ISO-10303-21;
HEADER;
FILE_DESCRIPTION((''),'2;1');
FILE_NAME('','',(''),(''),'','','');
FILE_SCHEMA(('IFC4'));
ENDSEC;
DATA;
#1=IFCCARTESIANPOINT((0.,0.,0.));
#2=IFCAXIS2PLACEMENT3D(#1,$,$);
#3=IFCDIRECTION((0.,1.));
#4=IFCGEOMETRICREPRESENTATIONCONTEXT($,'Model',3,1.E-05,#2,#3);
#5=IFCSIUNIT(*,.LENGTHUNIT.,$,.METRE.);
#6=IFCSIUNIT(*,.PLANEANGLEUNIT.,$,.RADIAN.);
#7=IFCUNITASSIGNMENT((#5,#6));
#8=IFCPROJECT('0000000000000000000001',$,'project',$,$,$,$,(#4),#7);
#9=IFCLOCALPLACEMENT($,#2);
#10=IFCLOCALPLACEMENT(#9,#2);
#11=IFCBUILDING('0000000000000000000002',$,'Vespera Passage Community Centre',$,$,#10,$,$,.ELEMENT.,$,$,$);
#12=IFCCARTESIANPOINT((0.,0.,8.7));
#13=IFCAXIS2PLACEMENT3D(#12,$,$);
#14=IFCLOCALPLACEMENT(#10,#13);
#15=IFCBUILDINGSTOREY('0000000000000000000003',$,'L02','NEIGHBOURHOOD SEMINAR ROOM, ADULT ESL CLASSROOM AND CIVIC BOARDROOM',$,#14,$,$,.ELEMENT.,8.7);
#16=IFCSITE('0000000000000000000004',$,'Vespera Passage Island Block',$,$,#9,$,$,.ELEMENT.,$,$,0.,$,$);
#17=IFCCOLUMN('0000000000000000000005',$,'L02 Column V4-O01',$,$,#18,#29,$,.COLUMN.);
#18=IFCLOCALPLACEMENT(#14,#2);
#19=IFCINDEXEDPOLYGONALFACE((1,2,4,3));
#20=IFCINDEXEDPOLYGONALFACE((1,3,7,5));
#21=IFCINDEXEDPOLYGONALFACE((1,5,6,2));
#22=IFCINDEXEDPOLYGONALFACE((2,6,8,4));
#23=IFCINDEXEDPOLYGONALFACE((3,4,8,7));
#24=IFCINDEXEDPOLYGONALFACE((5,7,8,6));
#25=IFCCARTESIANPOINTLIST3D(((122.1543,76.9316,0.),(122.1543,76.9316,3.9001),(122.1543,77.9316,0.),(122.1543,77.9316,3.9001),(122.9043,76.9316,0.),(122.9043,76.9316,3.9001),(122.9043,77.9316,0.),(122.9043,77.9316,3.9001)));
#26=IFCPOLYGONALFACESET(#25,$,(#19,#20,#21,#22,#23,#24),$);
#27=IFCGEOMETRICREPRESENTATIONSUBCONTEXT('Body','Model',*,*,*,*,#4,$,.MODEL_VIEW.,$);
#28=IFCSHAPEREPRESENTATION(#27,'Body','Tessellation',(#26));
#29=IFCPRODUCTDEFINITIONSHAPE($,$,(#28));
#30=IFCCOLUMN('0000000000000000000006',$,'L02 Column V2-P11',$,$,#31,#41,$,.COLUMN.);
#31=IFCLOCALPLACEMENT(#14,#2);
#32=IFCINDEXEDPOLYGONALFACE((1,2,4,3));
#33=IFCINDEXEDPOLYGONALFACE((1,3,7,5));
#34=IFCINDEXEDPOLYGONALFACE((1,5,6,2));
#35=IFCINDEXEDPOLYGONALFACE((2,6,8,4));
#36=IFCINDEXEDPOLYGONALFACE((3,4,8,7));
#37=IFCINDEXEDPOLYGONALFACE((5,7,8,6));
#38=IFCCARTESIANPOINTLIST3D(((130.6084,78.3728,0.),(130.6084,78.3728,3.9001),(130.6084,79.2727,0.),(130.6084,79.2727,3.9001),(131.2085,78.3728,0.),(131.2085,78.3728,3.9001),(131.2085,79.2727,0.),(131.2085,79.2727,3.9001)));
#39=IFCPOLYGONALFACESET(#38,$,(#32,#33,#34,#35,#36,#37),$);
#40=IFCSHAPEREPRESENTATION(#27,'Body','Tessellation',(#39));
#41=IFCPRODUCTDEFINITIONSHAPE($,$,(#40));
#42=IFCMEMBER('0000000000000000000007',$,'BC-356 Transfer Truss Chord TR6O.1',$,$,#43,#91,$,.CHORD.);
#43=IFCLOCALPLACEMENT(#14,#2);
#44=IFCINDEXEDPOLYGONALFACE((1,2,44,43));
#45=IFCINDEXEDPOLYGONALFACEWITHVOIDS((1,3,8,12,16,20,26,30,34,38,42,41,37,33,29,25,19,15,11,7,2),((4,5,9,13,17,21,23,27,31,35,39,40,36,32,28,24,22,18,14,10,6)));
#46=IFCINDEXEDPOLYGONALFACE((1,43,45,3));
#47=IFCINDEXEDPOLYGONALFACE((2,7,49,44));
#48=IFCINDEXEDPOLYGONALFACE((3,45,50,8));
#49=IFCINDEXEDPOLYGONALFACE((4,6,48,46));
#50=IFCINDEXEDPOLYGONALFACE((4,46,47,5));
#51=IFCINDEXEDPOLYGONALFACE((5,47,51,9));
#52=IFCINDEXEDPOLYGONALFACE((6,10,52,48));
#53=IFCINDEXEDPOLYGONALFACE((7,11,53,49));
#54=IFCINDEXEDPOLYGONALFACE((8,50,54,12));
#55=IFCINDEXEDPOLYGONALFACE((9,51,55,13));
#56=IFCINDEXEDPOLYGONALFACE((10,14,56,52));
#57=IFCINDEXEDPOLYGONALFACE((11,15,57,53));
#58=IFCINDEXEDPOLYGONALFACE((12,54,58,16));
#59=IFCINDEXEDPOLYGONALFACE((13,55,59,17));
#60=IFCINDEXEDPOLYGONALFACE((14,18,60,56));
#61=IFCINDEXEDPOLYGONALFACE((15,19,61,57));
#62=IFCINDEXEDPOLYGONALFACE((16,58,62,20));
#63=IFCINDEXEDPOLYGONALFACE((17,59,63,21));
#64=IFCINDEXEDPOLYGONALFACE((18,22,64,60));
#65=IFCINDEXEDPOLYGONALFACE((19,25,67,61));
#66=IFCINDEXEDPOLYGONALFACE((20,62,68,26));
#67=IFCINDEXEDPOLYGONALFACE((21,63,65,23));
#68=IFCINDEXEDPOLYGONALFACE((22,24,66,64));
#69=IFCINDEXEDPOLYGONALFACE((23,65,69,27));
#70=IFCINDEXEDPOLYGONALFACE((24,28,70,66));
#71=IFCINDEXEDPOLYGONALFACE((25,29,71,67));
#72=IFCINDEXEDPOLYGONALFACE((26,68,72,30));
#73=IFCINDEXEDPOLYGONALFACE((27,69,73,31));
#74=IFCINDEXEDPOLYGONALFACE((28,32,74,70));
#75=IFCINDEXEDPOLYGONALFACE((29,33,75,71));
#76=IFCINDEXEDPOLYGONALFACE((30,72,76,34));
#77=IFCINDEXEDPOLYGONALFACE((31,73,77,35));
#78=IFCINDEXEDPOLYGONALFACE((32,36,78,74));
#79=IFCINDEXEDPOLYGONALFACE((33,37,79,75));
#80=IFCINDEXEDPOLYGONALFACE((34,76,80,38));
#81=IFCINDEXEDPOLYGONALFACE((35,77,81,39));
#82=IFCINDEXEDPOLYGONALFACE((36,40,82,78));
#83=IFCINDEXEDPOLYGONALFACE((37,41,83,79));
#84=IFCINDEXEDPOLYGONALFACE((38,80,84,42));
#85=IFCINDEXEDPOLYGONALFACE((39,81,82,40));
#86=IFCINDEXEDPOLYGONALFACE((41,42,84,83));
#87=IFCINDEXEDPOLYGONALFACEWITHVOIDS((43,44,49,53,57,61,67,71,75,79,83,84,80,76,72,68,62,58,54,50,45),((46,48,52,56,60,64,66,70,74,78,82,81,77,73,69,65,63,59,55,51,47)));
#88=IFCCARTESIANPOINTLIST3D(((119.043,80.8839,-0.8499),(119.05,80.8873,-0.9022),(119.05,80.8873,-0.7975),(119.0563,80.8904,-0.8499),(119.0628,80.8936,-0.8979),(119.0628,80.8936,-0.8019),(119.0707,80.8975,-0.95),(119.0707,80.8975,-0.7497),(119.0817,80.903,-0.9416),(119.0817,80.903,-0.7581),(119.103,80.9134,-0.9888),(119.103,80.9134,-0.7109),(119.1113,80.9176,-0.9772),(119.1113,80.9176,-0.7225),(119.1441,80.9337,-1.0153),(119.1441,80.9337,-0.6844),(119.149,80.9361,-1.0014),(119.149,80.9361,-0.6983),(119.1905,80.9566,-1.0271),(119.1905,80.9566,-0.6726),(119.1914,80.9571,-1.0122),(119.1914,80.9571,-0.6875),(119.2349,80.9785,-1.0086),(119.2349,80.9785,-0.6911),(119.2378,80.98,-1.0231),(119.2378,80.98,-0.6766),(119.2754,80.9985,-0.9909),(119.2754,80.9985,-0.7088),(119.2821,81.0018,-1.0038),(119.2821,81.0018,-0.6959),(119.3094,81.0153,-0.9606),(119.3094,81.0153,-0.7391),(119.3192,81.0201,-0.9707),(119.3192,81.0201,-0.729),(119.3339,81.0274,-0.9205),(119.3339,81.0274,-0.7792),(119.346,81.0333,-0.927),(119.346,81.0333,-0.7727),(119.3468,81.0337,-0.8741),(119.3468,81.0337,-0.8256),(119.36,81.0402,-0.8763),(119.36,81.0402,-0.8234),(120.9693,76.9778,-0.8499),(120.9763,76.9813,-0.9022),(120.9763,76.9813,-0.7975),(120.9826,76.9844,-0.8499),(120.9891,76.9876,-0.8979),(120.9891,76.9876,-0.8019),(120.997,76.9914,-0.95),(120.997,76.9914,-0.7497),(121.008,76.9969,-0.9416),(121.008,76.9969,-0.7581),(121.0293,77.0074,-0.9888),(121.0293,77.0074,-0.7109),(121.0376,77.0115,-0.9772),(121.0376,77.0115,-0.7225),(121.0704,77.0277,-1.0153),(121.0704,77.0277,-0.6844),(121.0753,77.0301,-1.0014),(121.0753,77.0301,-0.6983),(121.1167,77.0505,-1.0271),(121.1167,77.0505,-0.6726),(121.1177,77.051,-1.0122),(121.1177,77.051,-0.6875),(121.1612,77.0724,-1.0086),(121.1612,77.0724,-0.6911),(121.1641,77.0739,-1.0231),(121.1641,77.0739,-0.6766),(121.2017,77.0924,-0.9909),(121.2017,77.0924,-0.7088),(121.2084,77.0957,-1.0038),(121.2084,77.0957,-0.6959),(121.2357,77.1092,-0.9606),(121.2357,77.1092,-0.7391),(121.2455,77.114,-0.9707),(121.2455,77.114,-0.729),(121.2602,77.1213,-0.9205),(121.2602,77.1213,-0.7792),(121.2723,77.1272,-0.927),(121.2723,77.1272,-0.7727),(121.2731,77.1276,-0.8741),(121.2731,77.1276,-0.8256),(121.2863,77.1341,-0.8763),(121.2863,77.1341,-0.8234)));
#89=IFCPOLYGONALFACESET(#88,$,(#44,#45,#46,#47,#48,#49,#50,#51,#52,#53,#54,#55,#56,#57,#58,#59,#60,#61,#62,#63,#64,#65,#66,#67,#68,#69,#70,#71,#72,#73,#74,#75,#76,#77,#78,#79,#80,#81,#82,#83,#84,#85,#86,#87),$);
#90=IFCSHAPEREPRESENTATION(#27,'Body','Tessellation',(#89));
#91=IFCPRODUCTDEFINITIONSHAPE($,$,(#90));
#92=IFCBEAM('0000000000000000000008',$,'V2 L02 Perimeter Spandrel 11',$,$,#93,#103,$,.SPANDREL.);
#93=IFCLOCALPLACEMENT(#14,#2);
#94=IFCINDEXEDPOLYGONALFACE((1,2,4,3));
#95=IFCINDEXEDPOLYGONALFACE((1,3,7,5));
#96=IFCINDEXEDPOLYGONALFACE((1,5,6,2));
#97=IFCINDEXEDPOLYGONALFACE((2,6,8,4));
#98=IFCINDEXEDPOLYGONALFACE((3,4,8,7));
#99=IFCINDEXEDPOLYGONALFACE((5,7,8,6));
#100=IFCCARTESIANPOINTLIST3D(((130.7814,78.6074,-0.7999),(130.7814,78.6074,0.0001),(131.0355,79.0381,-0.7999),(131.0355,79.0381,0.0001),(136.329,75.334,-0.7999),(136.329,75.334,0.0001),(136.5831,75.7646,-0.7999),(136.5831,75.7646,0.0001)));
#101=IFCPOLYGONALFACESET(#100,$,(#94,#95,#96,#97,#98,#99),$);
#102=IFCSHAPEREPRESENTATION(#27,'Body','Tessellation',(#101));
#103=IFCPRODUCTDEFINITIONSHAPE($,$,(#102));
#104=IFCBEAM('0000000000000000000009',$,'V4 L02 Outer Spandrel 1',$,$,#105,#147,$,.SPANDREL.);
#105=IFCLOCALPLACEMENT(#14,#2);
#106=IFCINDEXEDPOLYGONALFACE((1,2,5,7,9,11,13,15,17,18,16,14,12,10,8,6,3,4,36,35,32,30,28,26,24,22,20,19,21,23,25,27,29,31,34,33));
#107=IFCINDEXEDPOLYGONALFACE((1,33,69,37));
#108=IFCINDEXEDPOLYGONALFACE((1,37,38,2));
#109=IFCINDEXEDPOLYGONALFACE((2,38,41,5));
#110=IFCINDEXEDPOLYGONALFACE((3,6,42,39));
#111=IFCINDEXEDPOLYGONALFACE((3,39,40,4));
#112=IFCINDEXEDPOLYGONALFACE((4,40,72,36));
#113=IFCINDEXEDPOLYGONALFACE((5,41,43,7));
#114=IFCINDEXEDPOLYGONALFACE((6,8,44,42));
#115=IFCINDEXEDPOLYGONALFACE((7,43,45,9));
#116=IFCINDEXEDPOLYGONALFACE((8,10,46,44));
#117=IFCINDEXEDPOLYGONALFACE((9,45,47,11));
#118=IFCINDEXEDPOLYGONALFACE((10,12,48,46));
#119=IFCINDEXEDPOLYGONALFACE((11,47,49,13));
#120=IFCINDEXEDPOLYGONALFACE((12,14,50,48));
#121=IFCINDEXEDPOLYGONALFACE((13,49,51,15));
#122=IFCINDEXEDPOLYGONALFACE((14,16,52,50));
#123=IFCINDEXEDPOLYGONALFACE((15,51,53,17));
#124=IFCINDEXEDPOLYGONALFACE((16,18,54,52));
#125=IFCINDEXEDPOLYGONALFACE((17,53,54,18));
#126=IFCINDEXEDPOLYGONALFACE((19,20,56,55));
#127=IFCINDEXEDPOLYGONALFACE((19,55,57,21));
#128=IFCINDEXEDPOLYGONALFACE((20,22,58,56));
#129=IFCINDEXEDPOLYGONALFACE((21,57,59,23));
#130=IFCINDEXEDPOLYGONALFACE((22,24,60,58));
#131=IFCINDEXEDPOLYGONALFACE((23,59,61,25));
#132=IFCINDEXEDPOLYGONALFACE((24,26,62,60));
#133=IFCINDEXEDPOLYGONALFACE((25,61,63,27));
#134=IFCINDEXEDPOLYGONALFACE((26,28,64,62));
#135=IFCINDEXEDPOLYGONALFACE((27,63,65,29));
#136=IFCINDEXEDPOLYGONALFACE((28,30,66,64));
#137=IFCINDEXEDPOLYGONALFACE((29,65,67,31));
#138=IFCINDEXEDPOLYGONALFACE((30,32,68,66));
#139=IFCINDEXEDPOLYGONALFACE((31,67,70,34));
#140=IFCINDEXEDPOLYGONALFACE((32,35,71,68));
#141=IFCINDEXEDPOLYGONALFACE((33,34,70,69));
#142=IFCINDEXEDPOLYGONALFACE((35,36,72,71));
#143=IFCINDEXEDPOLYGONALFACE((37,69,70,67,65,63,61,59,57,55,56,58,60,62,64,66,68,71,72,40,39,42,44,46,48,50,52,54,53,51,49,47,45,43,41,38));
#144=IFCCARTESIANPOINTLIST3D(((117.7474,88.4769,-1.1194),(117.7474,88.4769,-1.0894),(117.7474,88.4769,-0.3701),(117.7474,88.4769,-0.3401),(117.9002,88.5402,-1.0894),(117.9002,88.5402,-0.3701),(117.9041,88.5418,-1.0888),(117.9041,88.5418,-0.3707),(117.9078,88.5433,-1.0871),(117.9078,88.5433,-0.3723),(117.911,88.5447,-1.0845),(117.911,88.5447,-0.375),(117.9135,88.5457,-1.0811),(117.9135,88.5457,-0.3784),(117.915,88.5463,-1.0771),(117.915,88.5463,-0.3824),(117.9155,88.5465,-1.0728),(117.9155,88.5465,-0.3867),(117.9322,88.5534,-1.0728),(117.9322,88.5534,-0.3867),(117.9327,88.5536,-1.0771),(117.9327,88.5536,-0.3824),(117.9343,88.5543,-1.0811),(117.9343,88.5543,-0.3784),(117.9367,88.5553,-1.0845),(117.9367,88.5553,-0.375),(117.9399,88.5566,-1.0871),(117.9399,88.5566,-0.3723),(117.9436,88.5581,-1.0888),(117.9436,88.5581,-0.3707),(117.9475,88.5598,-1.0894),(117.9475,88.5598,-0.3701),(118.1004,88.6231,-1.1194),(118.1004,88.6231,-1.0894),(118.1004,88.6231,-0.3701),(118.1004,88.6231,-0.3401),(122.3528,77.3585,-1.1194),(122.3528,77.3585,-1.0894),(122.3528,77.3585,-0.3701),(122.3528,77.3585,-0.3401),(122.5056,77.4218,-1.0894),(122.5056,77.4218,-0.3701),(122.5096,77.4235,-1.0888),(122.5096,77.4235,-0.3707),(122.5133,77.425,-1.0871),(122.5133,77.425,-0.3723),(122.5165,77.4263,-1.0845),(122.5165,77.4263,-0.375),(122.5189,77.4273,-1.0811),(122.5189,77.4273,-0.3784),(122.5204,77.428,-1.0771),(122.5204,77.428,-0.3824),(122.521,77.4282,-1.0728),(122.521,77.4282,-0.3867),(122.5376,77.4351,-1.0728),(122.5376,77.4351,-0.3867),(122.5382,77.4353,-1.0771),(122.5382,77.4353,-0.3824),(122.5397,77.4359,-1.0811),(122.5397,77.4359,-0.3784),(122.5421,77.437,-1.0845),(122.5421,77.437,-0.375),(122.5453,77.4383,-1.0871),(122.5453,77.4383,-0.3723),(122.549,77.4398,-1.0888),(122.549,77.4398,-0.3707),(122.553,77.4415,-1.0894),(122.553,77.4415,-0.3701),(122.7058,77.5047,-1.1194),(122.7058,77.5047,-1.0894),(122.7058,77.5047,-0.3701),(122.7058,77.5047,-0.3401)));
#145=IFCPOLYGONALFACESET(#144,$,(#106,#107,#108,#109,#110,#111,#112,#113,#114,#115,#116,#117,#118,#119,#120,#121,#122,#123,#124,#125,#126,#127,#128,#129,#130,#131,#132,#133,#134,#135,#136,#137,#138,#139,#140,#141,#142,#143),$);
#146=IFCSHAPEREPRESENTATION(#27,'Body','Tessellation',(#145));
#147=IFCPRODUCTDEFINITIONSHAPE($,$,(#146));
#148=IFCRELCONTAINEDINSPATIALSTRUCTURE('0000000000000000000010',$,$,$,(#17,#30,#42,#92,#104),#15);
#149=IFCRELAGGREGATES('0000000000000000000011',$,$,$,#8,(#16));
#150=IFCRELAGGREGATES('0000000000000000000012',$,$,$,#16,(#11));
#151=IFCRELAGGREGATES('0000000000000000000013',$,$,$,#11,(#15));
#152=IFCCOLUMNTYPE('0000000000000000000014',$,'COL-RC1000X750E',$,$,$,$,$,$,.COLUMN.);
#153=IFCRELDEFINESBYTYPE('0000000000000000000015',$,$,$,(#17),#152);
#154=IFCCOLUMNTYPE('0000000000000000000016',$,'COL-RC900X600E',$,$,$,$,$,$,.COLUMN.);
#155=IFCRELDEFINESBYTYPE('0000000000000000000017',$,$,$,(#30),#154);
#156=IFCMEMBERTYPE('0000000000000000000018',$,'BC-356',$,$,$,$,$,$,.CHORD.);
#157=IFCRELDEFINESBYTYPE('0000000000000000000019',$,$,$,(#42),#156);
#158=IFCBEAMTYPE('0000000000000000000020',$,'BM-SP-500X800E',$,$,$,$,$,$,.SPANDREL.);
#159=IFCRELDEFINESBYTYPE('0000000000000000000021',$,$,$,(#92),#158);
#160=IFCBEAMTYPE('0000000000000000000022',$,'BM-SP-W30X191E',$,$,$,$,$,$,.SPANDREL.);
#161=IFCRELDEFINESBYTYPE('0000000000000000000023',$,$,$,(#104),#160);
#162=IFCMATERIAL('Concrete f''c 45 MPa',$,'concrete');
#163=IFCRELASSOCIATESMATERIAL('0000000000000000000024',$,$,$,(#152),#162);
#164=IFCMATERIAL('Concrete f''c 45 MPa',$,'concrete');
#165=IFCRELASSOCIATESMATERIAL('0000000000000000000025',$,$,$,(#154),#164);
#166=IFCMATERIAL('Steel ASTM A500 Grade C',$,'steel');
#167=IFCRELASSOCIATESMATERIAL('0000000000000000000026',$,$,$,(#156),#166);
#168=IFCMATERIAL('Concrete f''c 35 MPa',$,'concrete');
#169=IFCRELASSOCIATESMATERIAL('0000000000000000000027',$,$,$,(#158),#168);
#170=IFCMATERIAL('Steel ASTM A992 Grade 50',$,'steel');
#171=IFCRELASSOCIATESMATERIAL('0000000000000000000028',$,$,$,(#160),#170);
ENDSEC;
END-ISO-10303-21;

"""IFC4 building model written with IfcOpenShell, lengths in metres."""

from ifc_helpers import new_model, si_unit, direction, frame, origin, origin_2d, place, context, subcontext, project, spatial, rectangle, hollow_circle, i_section, extrude, material, material_profile, profile_set, type_object, element, save


model = new_model("IFC4")

# Units and contexts
model_context = context("Model", 3, precision=1e-05, world=origin(), true_north=direction((0.0, 1.0)))
body_context = subcontext(model_context, "Body", "Model", "MODEL_VIEW")
ifc_project = project(units=[si_unit("LENGTHUNIT", "METRE"), si_unit("PLANEANGLEUNIT", "RADIAN")], contexts=[model_context])

# Site, building, storey
site_placement = place(None, origin())
site = spatial("IfcSite", under=ifc_project, at=site_placement, Name="Vespera Passage Island Block", CompositionType="ELEMENT", RefElevation=0.0)
building_placement = place(site_placement, origin())
building = spatial("IfcBuilding", under=site, at=building_placement, Name="Vespera Passage Community Centre", CompositionType="ELEMENT")
storey_placement = place(building_placement, frame((0.0, 0.0, 8.7)))
storey = spatial("IfcBuildingStorey", under=building, at=storey_placement, Name="L02", Description="NEIGHBOURHOOD SEMINAR ROOM, ADULT ESL CLASSROOM AND CIVIC BOARDROOM", CompositionType="ELEMENT", Elevation=8.7)

# Columns
ifc_material_1 = material(Name="Concrete f'c 45 MPa", Category="concrete")
ifc_material_profile_1 = material_profile(ifc_material_1, rectangle(XDim=0.75, YDim=1.0, at=origin_2d()), Name="RC1000X750")
ifc_profile_set_1 = profile_set([ifc_material_profile_1], Name="Concrete f'c 45 MPa")
column_type_1 = type_object("IfcColumnType", Name="COL-RC1000X750E", PredefinedType="COLUMN", material=ifc_profile_set_1)
column_1_placement = place(storey_placement, frame((122.5293, 77.4316, 0.0), z_axis=(0.0, 0.0, 1.0), x_axis=(1.0, 0.0, 0.0)))
element("IfcColumn", 1, at=column_1_placement, inside=storey, type_object=column_type_1, Name="L02 Column V4-O01", PredefinedType="COLUMN", context=body_context, shape_type="SweptSolid", body=[
    extrude(rectangle(XDim=0.75, YDim=1.0, at=origin_2d()), origin(), (0.0, 0.0, 1.0), 3.9001),
])
ifc_material_2 = material(Name="Concrete f'c 45 MPa", Category="concrete")
ifc_material_profile_2 = material_profile(ifc_material_2, rectangle(XDim=0.6001, YDim=0.8999, at=origin_2d()), Name="RC900X600")
ifc_profile_set_2 = profile_set([ifc_material_profile_2], Name="Concrete f'c 45 MPa")
column_type_2 = type_object("IfcColumnType", Name="COL-RC900X600E", PredefinedType="COLUMN", material=ifc_profile_set_2)
column_2_placement = place(storey_placement, frame((130.9084, 78.8228, 0.0), z_axis=(0.0, 0.0, 1.0), x_axis=(1.0, 0.0, 0.0)))
element("IfcColumn", 2, at=column_2_placement, inside=storey, type_object=column_type_2, Name="L02 Column V2-P11", PredefinedType="COLUMN", context=body_context, shape_type="SweptSolid", body=[
    extrude(rectangle(XDim=0.6001, YDim=0.8999, at=origin_2d()), origin(), (0.0, 0.0, 1.0), 3.9001),
])

# Member
ifc_material_3 = material(Name="Steel ASTM A500 Grade C", Category="steel")
ifc_material_profile_3 = material_profile(ifc_material_3, hollow_circle(Radius=0.1777, WallThickness=0.0149, at=origin_2d()), Name="CHS356X15.9")
ifc_profile_set_3 = profile_set([ifc_material_profile_3], Name="Steel ASTM A500 Grade C")
member_type_1 = type_object("IfcMemberType", Name="BC-356", PredefinedType="CHORD", material=ifc_profile_set_3)
member_1_placement = place(storey_placement, frame((121.1287, 77.0564, -0.8499), z_axis=(-0.442296, 0.896869, 0.0), x_axis=(-0.896869, -0.442296, 0.0)))
element("IfcMember", 3, at=member_1_placement, inside=storey, type_object=member_type_1, Name="BC-356 Transfer Truss Chord TR6O.1", PredefinedType="CHORD", context=body_context, shape_type="SweptSolid", body=[
    extrude(hollow_circle(Radius=0.1777, WallThickness=0.0149, at=origin_2d()), origin(), (0.0, 0.0, 1.0), 4.3552),
])

# Beams
ifc_material_4 = material(Name="Concrete f'c 35 MPa", Category="concrete")
ifc_material_profile_4 = material_profile(ifc_material_4, rectangle(XDim=0.5, YDim=0.8, at=origin_2d()), Name="RC500X800")
ifc_profile_set_4 = profile_set([ifc_material_profile_4], Name="Concrete f'c 35 MPa")
beam_type_1 = type_object("IfcBeamType", Name="BM-SP-500X800E", PredefinedType="SPANDREL", material=ifc_profile_set_4)
beam_1_placement = place(storey_placement, frame((130.9084, 78.8228, -0.3999), z_axis=(0.861246, -0.508189, 0.0), x_axis=(0.508189, 0.861246, 0.0)))
element("IfcBeam", 4, at=beam_1_placement, inside=storey, type_object=beam_type_1, Name="V2 L02 Perimeter Spandrel 11", PredefinedType="SPANDREL", context=body_context, shape_type="SweptSolid", body=[
    extrude(rectangle(XDim=0.5, YDim=0.8, at=origin_2d()), origin(), (0.0, 0.0, 1.0), 6.4414),
])
ifc_material_5 = material(Name="Steel ASTM A992 Grade 50", Category="steel")
ifc_material_profile_5 = material_profile(ifc_material_5, i_section(OverallWidth=0.3821, OverallDepth=0.7793, WebThickness=0.0181, FlangeThickness=0.03, FilletRadius=0.0166, at=origin_2d()), Name="W30X191")
ifc_profile_set_5 = profile_set([ifc_material_profile_5], Name="Steel ASTM A992 Grade 50")
beam_type_2 = type_object("IfcBeamType", Name="BM-SP-W30X191E", PredefinedType="SPANDREL", material=ifc_profile_set_5)
beam_2_placement = place(storey_placement, frame((122.5293, 77.4316, -0.7297), z_axis=(-0.382689, 0.923877, 0.0), x_axis=(-0.923877, -0.382689, 0.0)))
element("IfcBeam", 5, at=beam_2_placement, inside=storey, type_object=beam_type_2, Name="V4 L02 Outer Spandrel 1", PredefinedType="SPANDREL", context=body_context, shape_type="SweptSolid", body=[
    extrude(i_section(OverallWidth=0.3821, OverallDepth=0.7793, WebThickness=0.0181, FlangeThickness=0.03, FilletRadius=0.0166, at=origin_2d()), origin(), (0.0, 0.0, 1.0), 12.0344),
])

save(model, "model.ifc")
